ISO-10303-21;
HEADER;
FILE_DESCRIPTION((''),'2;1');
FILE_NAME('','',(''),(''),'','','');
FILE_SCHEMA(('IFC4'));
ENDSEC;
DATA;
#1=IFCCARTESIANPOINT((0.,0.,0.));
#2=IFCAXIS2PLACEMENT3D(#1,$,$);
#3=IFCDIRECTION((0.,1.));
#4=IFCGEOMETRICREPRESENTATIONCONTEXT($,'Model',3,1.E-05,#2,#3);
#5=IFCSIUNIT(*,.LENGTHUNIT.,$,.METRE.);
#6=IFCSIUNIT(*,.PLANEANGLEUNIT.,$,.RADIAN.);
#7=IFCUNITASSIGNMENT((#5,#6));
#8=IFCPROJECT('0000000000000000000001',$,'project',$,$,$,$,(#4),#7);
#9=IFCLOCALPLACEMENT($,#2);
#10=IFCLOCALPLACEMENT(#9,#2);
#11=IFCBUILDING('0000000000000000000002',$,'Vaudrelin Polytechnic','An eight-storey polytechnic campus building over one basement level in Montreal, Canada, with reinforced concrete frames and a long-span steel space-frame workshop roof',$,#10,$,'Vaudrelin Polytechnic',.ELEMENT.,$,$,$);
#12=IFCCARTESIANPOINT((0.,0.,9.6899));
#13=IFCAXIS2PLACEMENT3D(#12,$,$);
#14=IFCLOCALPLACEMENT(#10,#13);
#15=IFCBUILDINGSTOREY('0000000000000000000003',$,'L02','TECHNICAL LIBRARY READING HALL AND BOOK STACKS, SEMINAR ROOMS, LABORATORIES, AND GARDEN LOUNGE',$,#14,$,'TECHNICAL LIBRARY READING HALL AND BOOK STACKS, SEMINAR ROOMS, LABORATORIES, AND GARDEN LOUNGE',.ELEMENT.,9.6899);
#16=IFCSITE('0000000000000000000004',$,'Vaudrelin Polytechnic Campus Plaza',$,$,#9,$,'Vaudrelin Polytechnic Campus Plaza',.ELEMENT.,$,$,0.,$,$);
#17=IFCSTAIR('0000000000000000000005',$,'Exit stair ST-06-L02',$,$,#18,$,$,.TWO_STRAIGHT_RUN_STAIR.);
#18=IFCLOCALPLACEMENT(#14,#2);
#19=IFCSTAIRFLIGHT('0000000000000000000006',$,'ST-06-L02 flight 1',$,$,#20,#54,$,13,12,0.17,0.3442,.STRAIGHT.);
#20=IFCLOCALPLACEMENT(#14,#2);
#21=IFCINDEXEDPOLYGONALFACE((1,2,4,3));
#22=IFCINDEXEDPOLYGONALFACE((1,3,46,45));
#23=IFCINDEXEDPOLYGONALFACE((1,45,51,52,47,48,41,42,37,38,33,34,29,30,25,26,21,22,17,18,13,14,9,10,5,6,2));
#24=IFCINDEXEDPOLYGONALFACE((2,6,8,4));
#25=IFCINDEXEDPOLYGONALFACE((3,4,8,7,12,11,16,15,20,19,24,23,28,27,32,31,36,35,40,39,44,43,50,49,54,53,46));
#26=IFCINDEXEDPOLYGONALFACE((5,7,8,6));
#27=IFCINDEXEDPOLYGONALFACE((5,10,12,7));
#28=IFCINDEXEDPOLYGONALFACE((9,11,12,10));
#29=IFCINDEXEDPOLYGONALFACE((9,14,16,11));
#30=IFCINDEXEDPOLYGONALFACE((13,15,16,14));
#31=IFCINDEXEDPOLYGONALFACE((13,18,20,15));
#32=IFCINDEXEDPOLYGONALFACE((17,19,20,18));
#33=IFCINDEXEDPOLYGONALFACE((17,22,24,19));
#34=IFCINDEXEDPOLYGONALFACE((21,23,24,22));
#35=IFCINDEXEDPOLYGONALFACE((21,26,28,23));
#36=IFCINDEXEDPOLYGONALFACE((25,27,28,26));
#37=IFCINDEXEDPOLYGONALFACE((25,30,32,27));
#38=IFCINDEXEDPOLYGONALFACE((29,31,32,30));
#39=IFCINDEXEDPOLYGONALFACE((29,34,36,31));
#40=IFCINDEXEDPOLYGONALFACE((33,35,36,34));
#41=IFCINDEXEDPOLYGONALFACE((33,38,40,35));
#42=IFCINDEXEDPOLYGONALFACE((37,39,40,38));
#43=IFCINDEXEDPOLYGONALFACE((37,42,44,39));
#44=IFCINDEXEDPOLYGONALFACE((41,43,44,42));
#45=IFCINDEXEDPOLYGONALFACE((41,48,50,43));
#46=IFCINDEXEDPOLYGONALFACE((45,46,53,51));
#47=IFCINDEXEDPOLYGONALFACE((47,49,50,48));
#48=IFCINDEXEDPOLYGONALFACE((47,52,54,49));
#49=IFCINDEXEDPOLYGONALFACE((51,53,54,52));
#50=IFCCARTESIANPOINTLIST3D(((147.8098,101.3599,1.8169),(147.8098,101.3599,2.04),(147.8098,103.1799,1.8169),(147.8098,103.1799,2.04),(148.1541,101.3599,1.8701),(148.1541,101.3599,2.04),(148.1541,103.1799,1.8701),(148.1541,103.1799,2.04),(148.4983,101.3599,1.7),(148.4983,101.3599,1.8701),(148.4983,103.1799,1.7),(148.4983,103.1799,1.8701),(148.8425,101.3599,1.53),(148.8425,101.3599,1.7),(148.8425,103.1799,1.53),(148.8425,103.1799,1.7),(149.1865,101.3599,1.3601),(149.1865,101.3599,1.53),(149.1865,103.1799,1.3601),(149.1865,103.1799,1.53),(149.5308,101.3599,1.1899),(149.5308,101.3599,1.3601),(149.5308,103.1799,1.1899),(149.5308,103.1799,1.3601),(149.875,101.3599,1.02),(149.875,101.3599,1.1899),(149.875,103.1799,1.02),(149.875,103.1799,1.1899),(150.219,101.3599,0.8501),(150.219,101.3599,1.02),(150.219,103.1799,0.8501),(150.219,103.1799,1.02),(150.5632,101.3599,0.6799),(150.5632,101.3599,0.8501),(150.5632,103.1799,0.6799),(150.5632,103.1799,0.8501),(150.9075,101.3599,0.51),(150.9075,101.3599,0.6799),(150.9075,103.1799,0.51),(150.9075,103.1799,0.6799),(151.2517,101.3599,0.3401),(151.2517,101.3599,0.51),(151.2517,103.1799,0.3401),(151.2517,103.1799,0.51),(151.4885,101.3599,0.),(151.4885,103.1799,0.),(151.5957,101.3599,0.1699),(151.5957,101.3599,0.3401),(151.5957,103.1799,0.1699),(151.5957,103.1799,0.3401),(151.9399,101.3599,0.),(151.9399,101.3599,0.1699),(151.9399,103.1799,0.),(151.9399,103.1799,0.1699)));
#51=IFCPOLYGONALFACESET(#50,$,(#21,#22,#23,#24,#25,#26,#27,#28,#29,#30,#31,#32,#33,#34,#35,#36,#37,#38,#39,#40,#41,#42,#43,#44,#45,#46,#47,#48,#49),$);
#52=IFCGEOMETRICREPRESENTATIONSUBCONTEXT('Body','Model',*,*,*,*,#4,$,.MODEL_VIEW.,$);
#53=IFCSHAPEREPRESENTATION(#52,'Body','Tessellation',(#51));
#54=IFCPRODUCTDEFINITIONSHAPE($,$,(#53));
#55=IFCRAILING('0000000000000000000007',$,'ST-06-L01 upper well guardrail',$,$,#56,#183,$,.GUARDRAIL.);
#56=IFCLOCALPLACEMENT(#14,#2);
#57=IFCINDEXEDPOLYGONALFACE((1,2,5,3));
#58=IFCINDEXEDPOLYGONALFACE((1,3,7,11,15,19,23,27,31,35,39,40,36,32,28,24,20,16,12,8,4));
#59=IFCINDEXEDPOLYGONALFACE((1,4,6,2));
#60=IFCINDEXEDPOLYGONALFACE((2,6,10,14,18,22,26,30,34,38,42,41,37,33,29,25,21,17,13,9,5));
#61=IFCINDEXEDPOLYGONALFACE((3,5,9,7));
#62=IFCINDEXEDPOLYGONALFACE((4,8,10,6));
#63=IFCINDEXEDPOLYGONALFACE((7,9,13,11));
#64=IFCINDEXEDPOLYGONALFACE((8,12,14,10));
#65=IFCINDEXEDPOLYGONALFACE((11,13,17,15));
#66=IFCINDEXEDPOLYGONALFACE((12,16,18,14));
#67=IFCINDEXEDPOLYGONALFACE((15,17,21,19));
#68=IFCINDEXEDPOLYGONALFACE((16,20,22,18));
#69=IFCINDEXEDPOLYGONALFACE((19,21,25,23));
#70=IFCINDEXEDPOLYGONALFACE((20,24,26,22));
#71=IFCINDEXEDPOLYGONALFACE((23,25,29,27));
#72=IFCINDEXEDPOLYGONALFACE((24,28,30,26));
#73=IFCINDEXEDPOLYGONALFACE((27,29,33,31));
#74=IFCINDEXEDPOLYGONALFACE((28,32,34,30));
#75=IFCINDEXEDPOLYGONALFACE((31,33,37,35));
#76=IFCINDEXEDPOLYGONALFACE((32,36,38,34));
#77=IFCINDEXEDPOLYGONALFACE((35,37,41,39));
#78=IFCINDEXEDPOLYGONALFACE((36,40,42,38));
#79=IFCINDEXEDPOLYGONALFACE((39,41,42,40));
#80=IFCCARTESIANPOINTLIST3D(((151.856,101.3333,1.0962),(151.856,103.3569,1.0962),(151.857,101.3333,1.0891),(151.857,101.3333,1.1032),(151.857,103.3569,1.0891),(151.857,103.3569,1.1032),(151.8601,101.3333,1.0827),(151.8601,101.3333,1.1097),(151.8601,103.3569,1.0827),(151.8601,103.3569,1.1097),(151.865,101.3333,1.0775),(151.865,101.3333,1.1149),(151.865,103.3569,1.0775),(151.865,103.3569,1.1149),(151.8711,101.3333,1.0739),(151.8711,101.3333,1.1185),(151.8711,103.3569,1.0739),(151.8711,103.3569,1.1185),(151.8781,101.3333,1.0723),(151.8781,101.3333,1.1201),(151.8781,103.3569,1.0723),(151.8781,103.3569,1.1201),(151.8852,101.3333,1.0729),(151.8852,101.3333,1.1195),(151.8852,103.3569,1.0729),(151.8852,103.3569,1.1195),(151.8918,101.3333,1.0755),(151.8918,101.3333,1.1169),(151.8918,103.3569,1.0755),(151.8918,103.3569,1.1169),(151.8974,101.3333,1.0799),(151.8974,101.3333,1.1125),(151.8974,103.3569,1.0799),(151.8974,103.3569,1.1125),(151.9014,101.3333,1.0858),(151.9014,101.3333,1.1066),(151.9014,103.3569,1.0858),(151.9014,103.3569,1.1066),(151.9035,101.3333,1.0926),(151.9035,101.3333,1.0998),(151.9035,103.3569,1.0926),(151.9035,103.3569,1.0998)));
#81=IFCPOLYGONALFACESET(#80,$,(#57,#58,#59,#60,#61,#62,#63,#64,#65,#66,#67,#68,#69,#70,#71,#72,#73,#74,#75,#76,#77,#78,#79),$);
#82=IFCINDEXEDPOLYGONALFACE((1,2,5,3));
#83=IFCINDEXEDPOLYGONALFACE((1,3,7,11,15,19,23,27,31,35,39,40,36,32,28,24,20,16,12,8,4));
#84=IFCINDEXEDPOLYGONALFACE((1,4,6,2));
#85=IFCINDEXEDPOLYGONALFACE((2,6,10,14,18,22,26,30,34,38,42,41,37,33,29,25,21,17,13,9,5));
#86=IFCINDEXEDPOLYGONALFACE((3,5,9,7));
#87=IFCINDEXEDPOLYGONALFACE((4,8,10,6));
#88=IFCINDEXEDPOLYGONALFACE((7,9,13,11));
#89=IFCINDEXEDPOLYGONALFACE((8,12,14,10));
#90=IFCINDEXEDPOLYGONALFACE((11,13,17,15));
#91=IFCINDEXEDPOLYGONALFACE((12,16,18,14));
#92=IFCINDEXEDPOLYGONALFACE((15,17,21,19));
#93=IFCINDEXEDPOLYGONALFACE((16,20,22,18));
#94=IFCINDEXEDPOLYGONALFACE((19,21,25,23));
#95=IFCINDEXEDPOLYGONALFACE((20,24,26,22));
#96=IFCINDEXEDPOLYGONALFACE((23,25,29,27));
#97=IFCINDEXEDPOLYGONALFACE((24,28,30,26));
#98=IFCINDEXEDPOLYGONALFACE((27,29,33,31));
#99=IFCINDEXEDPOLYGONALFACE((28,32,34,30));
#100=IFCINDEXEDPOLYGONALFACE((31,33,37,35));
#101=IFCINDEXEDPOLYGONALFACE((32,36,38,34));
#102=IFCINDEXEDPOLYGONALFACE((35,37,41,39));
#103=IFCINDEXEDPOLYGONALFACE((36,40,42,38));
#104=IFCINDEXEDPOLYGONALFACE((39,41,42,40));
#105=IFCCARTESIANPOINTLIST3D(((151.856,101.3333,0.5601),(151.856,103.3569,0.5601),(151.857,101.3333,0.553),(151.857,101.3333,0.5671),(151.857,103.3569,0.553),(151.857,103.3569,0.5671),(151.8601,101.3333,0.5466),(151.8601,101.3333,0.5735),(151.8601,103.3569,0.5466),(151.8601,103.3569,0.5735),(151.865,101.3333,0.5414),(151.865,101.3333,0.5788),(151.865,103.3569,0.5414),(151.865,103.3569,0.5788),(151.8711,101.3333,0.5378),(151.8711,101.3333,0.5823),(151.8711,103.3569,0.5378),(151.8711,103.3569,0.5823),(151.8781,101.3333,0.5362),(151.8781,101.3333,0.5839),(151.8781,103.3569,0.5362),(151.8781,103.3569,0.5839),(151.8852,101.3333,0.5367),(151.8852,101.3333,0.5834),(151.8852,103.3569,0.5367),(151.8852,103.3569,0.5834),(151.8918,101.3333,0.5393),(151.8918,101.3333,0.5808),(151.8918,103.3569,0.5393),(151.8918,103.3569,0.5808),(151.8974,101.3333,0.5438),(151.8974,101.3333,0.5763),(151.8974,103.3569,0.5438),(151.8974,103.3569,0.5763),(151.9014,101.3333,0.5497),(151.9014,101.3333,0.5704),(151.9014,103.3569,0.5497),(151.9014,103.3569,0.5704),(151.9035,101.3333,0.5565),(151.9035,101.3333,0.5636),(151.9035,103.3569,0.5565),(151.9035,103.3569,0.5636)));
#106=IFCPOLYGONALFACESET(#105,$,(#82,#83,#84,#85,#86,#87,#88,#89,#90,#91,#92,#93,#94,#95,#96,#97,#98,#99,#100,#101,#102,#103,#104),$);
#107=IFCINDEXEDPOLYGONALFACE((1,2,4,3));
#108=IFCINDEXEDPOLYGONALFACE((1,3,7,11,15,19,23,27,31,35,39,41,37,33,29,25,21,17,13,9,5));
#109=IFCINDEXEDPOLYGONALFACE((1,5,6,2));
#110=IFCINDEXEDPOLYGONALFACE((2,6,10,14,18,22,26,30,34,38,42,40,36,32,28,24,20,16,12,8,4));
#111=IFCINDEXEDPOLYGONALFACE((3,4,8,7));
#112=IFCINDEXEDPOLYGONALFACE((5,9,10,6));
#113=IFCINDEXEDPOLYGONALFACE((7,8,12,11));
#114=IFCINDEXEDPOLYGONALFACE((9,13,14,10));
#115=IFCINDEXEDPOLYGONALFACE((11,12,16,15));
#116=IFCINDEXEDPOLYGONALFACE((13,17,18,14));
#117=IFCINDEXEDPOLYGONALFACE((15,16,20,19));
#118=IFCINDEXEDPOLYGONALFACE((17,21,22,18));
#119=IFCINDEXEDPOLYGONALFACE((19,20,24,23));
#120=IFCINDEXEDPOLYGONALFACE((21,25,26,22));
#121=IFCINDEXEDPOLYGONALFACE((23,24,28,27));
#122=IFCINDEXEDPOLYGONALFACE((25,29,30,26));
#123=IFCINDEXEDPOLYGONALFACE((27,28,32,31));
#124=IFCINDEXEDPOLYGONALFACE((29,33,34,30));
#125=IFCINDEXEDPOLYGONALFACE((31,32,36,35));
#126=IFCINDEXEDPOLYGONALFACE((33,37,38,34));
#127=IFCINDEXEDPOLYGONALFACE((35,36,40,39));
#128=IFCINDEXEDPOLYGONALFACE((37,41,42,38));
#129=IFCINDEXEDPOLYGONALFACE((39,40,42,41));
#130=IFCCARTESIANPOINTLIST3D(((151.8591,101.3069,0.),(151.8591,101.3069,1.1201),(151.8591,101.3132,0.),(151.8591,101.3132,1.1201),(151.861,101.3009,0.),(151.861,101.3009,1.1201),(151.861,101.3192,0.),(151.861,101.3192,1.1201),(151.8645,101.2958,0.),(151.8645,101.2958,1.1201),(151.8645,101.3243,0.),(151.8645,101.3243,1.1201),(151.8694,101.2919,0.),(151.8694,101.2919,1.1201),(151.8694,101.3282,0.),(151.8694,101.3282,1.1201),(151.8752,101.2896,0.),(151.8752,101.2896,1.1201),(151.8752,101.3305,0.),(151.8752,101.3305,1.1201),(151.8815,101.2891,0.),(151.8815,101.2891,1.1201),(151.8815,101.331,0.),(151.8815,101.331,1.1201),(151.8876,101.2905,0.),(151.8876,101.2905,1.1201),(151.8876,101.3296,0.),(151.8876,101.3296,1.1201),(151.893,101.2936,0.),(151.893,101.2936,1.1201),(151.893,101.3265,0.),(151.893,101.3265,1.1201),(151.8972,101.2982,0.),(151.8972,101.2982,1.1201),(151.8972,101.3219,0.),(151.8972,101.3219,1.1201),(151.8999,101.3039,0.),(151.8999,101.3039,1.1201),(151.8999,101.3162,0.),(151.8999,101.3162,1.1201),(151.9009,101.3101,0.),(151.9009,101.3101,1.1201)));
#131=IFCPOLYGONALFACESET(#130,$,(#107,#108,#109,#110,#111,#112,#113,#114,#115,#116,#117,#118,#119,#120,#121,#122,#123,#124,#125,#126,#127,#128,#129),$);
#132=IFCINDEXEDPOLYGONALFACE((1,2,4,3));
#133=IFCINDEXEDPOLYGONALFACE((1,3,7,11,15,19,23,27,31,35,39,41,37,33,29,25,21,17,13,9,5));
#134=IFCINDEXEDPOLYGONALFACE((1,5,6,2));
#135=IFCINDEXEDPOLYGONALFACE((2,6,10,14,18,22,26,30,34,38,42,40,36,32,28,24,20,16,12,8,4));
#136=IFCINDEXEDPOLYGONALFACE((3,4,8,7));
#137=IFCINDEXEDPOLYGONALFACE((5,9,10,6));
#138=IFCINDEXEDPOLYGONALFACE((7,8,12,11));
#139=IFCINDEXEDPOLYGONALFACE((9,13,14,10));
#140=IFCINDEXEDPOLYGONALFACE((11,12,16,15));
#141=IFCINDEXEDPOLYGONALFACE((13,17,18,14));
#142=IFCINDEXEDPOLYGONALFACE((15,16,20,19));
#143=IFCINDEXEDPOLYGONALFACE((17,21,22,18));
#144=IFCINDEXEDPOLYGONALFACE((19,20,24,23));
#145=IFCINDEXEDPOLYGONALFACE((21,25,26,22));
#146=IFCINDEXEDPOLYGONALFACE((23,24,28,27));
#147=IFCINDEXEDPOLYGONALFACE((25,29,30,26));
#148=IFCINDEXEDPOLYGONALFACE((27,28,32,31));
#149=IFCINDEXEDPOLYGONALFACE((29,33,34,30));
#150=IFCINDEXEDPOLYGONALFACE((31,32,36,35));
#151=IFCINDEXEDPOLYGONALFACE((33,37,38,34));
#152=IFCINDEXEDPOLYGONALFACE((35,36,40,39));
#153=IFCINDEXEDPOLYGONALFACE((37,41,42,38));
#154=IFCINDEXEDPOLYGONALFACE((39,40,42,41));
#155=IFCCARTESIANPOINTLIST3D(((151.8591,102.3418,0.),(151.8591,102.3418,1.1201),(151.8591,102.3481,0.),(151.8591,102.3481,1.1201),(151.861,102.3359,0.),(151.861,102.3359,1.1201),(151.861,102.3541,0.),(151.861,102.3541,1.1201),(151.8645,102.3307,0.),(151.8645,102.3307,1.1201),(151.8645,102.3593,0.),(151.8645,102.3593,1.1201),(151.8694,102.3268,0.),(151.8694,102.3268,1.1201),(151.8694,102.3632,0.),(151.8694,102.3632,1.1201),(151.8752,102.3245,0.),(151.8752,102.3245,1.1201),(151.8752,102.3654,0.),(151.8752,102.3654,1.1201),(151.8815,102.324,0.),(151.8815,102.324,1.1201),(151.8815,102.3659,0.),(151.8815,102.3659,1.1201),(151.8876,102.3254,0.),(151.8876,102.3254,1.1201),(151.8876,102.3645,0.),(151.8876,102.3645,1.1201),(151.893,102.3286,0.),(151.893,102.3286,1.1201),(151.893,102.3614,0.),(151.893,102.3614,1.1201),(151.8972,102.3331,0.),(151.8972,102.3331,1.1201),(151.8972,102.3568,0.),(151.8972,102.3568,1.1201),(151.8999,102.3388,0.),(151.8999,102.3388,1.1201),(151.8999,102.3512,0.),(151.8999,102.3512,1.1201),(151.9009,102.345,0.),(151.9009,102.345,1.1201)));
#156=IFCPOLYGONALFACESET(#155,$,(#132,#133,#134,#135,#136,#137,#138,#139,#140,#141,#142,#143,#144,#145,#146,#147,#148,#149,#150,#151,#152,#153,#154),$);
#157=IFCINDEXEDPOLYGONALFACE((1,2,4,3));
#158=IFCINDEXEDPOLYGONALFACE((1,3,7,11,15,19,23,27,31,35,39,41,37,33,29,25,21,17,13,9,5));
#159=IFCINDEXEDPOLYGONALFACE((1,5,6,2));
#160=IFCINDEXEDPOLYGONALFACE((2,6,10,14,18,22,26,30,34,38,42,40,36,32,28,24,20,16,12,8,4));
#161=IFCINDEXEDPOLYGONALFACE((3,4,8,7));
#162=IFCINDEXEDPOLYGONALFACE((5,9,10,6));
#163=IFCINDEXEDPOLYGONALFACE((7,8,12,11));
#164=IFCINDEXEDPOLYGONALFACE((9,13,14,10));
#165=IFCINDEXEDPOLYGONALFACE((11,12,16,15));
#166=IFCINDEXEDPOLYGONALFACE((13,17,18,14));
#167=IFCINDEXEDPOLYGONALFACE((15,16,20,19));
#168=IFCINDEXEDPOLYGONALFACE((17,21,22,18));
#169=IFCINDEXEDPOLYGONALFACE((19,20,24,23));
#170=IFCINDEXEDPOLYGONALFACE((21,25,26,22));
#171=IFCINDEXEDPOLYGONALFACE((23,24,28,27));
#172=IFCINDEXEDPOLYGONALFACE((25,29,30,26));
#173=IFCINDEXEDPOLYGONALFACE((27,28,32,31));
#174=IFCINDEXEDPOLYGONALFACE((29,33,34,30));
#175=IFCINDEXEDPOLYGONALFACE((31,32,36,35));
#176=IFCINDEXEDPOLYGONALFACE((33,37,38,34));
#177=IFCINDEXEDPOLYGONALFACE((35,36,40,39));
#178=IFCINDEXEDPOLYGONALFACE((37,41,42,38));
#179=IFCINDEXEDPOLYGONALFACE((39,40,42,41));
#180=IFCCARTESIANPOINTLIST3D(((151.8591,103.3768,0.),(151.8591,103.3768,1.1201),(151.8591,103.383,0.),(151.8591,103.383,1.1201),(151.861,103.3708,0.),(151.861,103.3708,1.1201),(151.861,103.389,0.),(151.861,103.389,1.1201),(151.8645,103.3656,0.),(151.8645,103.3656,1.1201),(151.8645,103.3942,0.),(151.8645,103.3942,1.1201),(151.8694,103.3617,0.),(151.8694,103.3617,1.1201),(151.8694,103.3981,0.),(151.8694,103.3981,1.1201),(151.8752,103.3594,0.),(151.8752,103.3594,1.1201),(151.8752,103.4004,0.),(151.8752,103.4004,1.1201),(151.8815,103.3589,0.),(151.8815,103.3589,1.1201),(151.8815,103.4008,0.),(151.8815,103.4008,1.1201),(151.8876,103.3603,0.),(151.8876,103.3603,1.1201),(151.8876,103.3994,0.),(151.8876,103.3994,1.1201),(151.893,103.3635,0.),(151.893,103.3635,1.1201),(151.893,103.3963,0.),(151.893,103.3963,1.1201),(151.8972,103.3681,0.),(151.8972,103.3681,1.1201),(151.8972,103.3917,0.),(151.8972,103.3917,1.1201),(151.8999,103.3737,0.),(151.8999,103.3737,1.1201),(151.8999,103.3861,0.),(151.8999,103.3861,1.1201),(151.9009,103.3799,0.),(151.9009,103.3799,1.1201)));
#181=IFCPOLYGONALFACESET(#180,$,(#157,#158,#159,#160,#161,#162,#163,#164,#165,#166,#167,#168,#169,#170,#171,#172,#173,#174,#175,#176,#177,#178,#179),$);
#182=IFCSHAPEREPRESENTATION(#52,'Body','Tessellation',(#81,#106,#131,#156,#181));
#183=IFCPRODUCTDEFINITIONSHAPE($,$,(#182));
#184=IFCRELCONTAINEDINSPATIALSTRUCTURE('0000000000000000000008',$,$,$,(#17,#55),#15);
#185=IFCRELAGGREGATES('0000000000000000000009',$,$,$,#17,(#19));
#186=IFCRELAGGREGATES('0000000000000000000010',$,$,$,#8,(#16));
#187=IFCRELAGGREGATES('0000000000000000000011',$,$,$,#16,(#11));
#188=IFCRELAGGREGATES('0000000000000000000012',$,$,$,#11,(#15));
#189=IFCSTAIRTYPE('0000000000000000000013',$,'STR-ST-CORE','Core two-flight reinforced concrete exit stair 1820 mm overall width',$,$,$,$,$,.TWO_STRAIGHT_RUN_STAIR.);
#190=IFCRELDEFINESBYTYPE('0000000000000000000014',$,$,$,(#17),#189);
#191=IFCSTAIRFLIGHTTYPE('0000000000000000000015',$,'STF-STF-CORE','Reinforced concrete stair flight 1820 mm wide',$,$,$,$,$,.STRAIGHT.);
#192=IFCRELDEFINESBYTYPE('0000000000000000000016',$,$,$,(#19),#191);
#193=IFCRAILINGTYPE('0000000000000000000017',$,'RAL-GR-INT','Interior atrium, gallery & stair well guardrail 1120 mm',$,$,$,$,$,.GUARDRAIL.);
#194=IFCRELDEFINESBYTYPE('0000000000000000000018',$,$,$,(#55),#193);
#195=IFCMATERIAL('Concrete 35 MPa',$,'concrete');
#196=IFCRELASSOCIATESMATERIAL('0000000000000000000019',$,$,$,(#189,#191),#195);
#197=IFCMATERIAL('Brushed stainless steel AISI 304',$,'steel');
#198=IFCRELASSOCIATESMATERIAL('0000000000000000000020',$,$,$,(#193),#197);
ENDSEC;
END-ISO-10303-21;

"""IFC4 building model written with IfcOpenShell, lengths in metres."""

from ifc_helpers import new_model, si_unit, direction, frame, origin, origin_2d, place, context, subcontext, project, spatial, polyline, circle, outline, extrude, material, type_object, element, aggregate, save


model = new_model("IFC4")

# Units and contexts
model_context = context("Model", 3, precision=1e-05, world=origin(), true_north=direction((0.0, 1.0)))
body_context = subcontext(model_context, "Body", "Model", "MODEL_VIEW")
ifc_project = project(units=[si_unit("LENGTHUNIT", "METRE"), si_unit("PLANEANGLEUNIT", "RADIAN")], contexts=[model_context])

# Site, building, storey
site_placement = place(None, origin())
site = spatial("IfcSite", under=ifc_project, at=site_placement, Name="Vaudrelin Polytechnic Campus Plaza", LongName="Vaudrelin Polytechnic Campus Plaza", CompositionType="ELEMENT", RefElevation=0.0)
building_placement = place(site_placement, origin())
building = spatial("IfcBuilding", under=site, at=building_placement, Name="Vaudrelin Polytechnic", Description="An eight-storey polytechnic campus building over one basement level in Montreal, Canada, with reinforced concrete frames and a long-span steel space-frame workshop roof", LongName="Vaudrelin Polytechnic", CompositionType="ELEMENT")
storey_placement = place(building_placement, frame((0.0, 0.0, 9.6899)))
storey = spatial("IfcBuildingStorey", under=building, at=storey_placement, Name="L02", Description="TECHNICAL LIBRARY READING HALL AND BOOK STACKS, SEMINAR ROOMS, LABORATORIES, AND GARDEN LOUNGE", LongName="TECHNICAL LIBRARY READING HALL AND BOOK STACKS, SEMINAR ROOMS, LABORATORIES, AND GARDEN LOUNGE", CompositionType="ELEMENT", Elevation=9.6899)

# Stair, stair flight
ifc_material_1 = material(Name="Concrete 35 MPa", Category="concrete")
stair_type = type_object("IfcStairType", Name="STR-ST-CORE", Description="Core two-flight reinforced concrete exit stair 1820 mm overall width", PredefinedType="TWO_STRAIGHT_RUN_STAIR", material=ifc_material_1)
stair_placement = place(storey_placement, origin())
stair = element("IfcStair", 1, at=stair_placement, inside=storey, type_object=stair_type, Name="Exit stair ST-06-L02", PredefinedType="TWO_STRAIGHT_RUN_STAIR")
stair_flight_type = type_object("IfcStairFlightType", Name="STF-STF-CORE", Description="Reinforced concrete stair flight 1820 mm wide", PredefinedType="STRAIGHT", material=ifc_material_1)
stair_flight_placement = place(storey_placement, frame((151.9399, 102.27, 0.0), z_axis=(0.0, 0.0, 1.0), x_axis=(-1.0, 0.0, 0.0)))
stair_flight = element("IfcStairFlight", 2, at=stair_flight_placement, type_object=stair_flight_type, Name="ST-06-L02 flight 1", NumberOfRisers=13, NumberOfTreads=12, PredefinedType="STRAIGHT", RiserHeight=0.17, TreadLength=0.3442, context=body_context, shape_type="SweptSolid", body=[
    extrude(outline(polyline([(0.0, 0.0), (0.0, 0.1699), (0.3442, 0.1699), (0.3442, 0.3401), (0.6882, 0.3401), (0.6882, 0.51), (1.0325, 0.51), (1.0325, 0.6799), (1.3767, 0.6799), (1.3767, 0.8501), (1.7209, 0.8501), (1.7209, 1.02), (2.0649, 1.02), (2.0649, 1.1899), (2.4092, 1.1899), (2.4092, 1.3601), (2.7534, 1.3601), (2.7534, 1.53), (3.0974, 1.53), (3.0974, 1.7), (3.4417, 1.7), (3.4417, 1.8701), (3.7859, 1.8701), (3.7859, 2.04), (4.1301, 2.04), (4.1301, 2.21), (4.1301, 1.8169), (0.4514, 0.0), (0.0, 0.0)])), frame((0.0, 0.9102, 0.0), z_axis=(0.0, -1.0, 0.0), x_axis=(1.0, 0.0, 0.0)), (0.0, 0.0, 1.0), 1.8201),
])
aggregate(stair, [stair_flight])

# Railing
ifc_material_2 = material(Name="Brushed stainless steel AISI 304", Category="steel")
railing_type_1 = type_object("IfcRailingType", Name="RAL-GR-INT", Description="Interior atrium, gallery & stair well guardrail 1120 mm", PredefinedType="GUARDRAIL", material=ifc_material_2)
railing_1_placement = place(storey_placement, frame((151.8799, 101.3101, 0.0)))
element("IfcRailing", 3, at=railing_1_placement, inside=storey, type_object=railing_type_1, Name="ST-06-L01 upper well guardrail", PredefinedType="GUARDRAIL", context=body_context, shape_type="SweptSolid", body=[
    extrude(circle(Radius=0.0239, at=origin_2d()), frame((0.0, 0.0232, 1.0962), z_axis=(0.0, 1.0, 0.0), x_axis=(-1.0, 0.0, 0.0)), (0.0, 0.0, 1.0), 2.0237),
    extrude(circle(Radius=0.0239, at=origin_2d()), frame((0.0, 0.0232, 0.5601), z_axis=(0.0, 1.0, 0.0), x_axis=(-1.0, 0.0, 0.0)), (0.0, 0.0, 1.0), 2.0237),
    extrude(circle(Radius=0.021, at=origin_2d()), origin(), (0.0, 0.0, 1.0), 1.1201),
    extrude(circle(Radius=0.021, at=origin_2d()), frame((0.0, 1.0349, 0.0)), (0.0, 0.0, 1.0), 1.1201),
    extrude(circle(Radius=0.021, at=origin_2d()), frame((0.0, 2.0698, 0.0)), (0.0, 0.0, 1.0), 1.1201),
])

save(model, "model.ifc")
